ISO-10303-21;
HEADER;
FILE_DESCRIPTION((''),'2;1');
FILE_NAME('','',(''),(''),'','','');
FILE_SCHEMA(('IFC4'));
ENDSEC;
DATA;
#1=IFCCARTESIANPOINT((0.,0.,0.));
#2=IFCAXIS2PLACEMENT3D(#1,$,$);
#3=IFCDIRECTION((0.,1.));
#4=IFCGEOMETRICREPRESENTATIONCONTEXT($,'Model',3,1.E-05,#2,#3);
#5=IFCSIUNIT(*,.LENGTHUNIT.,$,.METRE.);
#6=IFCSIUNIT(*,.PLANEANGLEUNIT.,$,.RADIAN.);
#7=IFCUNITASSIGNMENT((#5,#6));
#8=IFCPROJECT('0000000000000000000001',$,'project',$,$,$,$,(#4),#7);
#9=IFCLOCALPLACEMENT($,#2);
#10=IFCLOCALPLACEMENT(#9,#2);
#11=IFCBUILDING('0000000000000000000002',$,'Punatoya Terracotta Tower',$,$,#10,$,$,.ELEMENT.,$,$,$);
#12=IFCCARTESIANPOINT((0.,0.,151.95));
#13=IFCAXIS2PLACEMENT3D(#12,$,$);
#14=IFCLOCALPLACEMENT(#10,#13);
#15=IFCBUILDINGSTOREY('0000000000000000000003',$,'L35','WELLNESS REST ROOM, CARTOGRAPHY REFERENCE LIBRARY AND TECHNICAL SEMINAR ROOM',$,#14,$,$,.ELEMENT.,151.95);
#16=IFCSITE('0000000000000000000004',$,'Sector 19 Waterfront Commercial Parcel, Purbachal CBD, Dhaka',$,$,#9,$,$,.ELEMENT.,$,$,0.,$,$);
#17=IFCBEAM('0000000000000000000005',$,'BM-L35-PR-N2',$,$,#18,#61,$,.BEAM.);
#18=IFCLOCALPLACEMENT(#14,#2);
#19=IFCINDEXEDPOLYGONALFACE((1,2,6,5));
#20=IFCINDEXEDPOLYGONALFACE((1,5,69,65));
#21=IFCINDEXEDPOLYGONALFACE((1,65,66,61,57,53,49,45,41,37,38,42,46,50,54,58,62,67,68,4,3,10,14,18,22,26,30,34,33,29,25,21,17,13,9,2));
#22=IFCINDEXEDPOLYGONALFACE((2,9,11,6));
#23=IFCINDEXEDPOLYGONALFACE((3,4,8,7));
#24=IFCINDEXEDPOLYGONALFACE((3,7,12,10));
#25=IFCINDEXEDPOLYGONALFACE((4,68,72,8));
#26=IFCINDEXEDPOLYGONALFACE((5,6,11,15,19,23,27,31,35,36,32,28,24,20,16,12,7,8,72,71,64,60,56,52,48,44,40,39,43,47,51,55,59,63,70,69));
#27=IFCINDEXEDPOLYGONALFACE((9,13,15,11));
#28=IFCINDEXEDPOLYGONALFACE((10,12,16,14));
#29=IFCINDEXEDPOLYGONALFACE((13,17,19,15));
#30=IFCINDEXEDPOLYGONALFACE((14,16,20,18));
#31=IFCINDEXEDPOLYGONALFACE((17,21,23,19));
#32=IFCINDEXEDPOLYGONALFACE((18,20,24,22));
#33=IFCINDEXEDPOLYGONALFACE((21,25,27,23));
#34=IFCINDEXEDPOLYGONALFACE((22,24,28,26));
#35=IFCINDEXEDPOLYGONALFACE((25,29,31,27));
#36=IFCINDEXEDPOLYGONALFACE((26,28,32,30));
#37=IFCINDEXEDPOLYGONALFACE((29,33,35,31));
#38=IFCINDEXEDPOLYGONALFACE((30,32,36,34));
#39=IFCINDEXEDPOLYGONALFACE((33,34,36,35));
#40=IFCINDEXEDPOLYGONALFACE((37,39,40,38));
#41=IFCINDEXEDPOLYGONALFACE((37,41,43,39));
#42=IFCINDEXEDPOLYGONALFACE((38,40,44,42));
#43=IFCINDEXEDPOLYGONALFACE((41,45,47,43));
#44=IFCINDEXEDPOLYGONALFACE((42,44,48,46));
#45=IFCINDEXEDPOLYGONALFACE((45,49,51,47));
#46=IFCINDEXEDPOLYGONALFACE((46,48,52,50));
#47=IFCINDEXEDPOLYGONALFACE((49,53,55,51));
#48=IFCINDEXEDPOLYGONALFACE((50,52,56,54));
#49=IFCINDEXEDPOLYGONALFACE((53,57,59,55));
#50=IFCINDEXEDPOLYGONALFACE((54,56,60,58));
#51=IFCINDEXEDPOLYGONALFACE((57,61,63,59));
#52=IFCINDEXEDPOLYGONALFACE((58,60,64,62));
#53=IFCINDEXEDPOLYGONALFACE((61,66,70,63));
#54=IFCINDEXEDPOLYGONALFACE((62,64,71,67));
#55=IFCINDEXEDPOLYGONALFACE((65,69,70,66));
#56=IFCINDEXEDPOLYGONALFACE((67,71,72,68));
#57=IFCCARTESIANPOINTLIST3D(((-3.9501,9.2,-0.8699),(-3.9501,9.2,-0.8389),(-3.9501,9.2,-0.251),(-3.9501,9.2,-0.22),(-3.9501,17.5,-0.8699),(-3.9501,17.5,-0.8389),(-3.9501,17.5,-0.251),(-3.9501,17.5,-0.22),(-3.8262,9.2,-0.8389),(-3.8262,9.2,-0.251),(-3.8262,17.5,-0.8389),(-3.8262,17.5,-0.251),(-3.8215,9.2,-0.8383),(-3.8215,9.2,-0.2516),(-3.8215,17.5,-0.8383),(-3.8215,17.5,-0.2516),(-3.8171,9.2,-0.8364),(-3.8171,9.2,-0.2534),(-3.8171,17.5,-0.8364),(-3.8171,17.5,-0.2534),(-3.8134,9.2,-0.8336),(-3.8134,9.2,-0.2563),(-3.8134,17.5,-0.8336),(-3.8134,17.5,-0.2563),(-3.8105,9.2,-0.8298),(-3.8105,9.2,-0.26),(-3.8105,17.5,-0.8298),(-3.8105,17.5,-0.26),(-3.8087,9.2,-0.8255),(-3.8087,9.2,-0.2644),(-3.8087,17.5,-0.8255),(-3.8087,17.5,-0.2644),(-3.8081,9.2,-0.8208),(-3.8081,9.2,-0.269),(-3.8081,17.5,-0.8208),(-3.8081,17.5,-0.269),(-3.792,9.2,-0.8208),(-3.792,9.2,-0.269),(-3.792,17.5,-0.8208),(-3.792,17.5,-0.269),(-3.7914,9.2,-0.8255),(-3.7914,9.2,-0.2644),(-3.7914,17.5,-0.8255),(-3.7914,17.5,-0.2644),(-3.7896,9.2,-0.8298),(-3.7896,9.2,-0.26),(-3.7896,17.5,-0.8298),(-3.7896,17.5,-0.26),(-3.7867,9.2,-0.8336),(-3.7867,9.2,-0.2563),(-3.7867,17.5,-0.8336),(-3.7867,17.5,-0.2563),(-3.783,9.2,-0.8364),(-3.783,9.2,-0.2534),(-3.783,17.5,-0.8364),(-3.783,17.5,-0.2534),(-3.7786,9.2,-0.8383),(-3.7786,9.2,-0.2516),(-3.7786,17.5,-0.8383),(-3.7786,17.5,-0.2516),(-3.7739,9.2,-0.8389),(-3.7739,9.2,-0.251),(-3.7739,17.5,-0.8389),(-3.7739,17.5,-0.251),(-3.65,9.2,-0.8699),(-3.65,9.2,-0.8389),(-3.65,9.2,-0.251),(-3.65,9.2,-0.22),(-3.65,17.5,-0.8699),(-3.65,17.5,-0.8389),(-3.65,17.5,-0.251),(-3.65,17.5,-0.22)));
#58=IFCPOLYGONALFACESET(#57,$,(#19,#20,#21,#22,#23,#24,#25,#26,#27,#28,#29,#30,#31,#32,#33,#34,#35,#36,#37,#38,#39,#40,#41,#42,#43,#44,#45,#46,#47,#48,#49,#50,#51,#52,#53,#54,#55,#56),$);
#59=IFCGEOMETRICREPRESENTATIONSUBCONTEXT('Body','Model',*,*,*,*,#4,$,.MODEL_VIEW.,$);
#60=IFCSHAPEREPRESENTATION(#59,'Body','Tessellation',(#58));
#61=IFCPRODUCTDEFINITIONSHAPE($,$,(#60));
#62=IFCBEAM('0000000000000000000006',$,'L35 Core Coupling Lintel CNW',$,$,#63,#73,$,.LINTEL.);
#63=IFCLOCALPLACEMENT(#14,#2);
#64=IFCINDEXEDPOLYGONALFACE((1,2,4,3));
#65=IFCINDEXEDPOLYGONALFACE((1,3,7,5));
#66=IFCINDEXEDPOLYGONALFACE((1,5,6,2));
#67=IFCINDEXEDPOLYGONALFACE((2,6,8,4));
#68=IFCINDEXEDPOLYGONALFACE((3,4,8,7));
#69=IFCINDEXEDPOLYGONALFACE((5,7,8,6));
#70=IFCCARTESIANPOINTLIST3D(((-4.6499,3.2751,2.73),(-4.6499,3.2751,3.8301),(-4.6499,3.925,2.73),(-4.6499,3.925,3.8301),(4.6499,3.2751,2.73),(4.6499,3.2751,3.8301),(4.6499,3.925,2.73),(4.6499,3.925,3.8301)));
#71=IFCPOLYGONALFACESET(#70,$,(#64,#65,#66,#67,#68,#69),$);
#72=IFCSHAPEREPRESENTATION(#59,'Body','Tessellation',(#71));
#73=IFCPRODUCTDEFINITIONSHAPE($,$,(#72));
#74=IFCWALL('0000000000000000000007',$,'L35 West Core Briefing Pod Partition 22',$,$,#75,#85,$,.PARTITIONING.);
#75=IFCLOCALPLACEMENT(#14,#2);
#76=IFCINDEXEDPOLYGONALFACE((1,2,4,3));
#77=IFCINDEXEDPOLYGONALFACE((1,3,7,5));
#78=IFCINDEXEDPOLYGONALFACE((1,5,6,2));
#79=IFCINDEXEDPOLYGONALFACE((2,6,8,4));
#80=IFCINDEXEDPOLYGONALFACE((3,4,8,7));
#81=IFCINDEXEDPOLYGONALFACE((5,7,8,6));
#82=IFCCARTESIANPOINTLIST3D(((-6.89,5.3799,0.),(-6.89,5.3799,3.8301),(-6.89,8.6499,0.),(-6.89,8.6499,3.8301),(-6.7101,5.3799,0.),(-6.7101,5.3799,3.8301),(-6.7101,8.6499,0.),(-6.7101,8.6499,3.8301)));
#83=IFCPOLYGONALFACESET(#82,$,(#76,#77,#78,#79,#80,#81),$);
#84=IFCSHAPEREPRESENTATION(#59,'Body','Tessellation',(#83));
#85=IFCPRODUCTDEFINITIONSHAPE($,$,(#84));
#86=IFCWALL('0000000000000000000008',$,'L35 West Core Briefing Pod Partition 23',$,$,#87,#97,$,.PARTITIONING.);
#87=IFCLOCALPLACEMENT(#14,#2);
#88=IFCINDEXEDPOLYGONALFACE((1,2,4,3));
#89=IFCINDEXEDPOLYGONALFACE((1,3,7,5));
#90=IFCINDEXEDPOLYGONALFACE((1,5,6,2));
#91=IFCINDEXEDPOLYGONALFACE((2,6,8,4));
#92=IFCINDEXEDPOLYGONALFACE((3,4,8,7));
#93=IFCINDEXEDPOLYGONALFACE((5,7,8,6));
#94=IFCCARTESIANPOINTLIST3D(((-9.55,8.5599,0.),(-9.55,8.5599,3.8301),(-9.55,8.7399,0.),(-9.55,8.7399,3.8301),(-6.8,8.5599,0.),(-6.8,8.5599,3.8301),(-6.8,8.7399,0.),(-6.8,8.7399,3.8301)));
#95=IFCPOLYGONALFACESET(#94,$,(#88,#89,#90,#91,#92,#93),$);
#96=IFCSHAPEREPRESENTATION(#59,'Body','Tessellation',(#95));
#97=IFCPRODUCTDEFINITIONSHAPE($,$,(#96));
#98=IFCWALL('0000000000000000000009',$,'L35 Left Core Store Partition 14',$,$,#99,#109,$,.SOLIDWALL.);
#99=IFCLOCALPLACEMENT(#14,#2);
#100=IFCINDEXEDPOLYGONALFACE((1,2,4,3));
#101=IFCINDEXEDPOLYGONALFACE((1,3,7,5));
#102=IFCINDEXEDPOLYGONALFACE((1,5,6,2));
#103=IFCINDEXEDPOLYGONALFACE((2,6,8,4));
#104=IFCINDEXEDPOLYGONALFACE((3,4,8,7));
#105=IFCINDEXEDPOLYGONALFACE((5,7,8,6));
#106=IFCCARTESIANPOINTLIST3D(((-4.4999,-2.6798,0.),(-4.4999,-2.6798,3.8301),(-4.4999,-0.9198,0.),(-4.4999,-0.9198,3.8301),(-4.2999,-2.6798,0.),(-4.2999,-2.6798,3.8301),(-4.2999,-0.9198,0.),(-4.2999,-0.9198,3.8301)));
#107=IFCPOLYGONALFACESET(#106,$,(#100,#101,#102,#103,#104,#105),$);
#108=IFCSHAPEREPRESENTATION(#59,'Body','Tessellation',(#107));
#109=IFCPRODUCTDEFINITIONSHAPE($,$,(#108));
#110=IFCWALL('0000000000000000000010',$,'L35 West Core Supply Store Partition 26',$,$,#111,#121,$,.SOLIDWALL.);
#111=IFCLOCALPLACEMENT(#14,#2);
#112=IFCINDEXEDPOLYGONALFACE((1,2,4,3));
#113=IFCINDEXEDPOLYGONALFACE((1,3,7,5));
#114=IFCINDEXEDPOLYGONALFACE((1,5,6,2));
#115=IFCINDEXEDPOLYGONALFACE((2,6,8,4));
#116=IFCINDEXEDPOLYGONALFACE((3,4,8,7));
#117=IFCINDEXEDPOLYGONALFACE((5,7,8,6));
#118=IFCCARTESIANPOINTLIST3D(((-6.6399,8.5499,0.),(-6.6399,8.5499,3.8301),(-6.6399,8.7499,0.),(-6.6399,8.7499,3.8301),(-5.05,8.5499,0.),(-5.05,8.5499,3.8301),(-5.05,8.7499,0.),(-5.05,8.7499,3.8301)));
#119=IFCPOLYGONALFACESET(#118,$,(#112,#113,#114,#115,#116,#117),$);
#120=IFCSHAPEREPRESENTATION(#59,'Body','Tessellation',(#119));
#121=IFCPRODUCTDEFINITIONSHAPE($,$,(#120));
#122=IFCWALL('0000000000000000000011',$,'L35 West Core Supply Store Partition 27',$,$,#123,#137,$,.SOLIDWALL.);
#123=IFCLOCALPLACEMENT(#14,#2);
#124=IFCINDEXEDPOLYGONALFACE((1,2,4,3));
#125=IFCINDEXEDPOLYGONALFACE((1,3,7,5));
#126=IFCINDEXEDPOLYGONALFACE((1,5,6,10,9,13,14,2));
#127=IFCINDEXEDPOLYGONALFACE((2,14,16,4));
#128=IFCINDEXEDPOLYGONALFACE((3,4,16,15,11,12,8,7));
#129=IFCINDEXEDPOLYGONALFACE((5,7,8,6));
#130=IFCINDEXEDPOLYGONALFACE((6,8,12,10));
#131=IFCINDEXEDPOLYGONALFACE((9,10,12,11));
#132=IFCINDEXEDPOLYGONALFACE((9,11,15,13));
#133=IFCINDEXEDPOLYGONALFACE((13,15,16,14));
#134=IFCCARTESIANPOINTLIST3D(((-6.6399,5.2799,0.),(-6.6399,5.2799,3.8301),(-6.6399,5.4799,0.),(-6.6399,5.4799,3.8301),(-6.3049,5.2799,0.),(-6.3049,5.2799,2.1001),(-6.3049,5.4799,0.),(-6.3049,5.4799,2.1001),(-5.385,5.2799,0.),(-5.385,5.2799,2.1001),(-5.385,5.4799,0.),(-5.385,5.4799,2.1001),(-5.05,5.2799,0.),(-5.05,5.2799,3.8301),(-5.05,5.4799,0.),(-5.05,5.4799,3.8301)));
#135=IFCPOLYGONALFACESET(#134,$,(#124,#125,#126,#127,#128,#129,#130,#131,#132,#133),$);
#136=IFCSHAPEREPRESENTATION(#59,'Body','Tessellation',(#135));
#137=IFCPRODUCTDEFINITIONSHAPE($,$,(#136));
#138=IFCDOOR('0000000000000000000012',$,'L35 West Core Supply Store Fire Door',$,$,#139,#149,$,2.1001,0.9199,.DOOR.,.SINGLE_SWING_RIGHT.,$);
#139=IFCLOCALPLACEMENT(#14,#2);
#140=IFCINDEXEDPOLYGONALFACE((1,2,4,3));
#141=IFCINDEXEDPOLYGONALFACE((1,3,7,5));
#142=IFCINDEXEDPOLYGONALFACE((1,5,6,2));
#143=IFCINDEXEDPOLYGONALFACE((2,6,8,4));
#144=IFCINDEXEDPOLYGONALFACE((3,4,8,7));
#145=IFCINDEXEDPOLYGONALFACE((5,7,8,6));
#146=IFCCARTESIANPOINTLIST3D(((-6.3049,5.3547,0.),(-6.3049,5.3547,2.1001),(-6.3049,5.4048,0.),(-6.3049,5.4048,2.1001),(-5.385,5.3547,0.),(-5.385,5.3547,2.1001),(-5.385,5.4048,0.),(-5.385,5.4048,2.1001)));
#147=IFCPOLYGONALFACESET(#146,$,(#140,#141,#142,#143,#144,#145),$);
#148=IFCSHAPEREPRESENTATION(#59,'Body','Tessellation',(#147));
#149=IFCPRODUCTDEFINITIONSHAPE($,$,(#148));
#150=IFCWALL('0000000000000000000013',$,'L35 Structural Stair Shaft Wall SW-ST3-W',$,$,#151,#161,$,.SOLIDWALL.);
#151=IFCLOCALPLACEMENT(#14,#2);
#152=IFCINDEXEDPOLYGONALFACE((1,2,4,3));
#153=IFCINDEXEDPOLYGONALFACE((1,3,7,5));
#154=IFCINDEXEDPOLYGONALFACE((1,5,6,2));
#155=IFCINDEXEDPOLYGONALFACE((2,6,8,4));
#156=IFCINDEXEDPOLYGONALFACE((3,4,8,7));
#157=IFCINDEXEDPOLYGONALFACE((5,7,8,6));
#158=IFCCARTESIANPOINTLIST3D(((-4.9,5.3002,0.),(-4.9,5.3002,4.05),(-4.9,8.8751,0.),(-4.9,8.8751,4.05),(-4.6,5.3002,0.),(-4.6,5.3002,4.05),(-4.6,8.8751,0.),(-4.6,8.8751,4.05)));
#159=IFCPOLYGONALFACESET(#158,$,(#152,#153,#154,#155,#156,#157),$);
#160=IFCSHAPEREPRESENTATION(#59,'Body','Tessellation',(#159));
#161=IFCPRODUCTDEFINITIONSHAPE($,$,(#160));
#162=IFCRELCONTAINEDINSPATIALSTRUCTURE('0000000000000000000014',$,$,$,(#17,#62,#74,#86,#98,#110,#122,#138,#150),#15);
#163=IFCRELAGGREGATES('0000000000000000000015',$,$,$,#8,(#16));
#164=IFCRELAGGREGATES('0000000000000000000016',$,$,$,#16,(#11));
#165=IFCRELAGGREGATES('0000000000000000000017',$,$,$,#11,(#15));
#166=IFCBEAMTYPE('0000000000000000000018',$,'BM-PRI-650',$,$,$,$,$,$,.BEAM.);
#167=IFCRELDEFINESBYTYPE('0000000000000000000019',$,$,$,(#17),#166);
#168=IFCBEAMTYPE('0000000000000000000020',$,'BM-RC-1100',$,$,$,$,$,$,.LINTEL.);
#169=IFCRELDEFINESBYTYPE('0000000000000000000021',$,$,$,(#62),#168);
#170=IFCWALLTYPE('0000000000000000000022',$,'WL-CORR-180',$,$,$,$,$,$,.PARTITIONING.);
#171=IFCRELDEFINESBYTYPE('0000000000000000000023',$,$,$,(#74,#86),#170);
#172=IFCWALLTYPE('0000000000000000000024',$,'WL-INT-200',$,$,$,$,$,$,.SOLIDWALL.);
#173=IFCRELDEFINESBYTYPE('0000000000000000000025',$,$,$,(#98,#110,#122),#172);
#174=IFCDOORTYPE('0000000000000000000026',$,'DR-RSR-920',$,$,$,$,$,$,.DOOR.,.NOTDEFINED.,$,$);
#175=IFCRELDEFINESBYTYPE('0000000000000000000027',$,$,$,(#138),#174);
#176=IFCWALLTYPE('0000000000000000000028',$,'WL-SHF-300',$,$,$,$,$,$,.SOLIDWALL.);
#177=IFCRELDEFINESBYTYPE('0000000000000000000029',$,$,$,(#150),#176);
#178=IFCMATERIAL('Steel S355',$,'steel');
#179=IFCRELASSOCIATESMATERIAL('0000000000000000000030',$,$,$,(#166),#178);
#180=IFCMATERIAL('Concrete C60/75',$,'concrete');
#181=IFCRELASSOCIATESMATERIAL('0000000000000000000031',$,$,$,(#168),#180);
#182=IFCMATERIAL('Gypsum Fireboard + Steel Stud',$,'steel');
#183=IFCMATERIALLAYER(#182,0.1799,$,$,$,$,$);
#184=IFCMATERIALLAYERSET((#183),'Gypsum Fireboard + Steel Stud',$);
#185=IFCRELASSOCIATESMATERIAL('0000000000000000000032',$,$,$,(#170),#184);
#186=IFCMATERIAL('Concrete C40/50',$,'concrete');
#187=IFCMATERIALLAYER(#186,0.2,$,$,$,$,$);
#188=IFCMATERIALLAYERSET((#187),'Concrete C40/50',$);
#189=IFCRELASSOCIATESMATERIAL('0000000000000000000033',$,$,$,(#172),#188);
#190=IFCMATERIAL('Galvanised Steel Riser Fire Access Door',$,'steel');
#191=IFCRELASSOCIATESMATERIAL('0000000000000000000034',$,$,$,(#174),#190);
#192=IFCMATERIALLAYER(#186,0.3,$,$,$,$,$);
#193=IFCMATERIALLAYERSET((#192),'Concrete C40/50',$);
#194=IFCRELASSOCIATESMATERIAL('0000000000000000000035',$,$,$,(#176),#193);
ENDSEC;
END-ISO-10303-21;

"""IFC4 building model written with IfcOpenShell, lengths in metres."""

from ifc_helpers import new_model, si_unit, direction, frame, frame_2d, origin, origin_2d, place, context, subcontext, project, spatial, rectangle, i_section, extrude, material, layer, layer_set, material_profile, profile_set, type_object, element, fill, save


model = new_model("IFC4")

# Units and contexts
model_context = context("Model", 3, precision=1e-05, world=origin(), true_north=direction((0.0, 1.0)))
body_context = subcontext(model_context, "Body", "Model", "MODEL_VIEW")
ifc_project = project(units=[si_unit("LENGTHUNIT", "METRE"), si_unit("PLANEANGLEUNIT", "RADIAN")], contexts=[model_context])

# Site, building, storey
site_placement = place(None, origin())
site = spatial("IfcSite", under=ifc_project, at=site_placement, Name="Sector 19 Waterfront Commercial Parcel, Purbachal CBD, Dhaka", CompositionType="ELEMENT", RefElevation=0.0)
building_placement = place(site_placement, origin())
building = spatial("IfcBuilding", under=site, at=building_placement, Name="Punatoya Terracotta Tower", CompositionType="ELEMENT")
storey_placement = place(building_placement, frame((0.0, 0.0, 151.95)))
storey = spatial("IfcBuildingStorey", under=building, at=storey_placement, Name="L35", Description="WELLNESS REST ROOM, CARTOGRAPHY REFERENCE LIBRARY AND TECHNICAL SEMINAR ROOM", CompositionType="ELEMENT", Elevation=151.95)

# Beams
ifc_material_1 = material(Name="Steel S355", Category="steel")
ifc_material_profile_1 = material_profile(ifc_material_1, i_section(OverallWidth=0.3, OverallDepth=0.6499, WebThickness=0.0161, FlangeThickness=0.031, FilletRadius=0.0181, at=origin_2d()))
ifc_profile_set_1 = profile_set([ifc_material_profile_1], Name="Steel S355")
beam_type_1 = type_object("IfcBeamType", Name="BM-PRI-650", PredefinedType="BEAM", material=ifc_profile_set_1)
beam_1_placement = place(storey_placement, frame((-3.8, 9.2, -0.5449), z_axis=(0.0, 1.0, 0.0), x_axis=(-1.0, 0.0, 0.0)))
element("IfcBeam", 1, at=beam_1_placement, inside=storey, type_object=beam_type_1, Name="BM-L35-PR-N2", PredefinedType="BEAM", context=body_context, shape_type="SweptSolid", body=[
    extrude(i_section(OverallWidth=0.3, OverallDepth=0.6499, WebThickness=0.0161, FlangeThickness=0.031, FilletRadius=0.0181, at=origin_2d()), origin(), (0.0, 0.0, 1.0), 8.3),
])
ifc_material_2 = material(Name="Concrete C60/75", Category="concrete")
ifc_material_profile_2 = material_profile(ifc_material_2, rectangle(XDim=0.6499, YDim=1.1001, at=origin_2d()))
ifc_profile_set_2 = profile_set([ifc_material_profile_2], Name="Concrete C60/75")
beam_type_2 = type_object("IfcBeamType", Name="BM-RC-1100", PredefinedType="LINTEL", material=ifc_profile_set_2)
beam_2_placement = place(storey_placement, frame((-4.6499, 3.6001, 3.28), z_axis=(1.0, 0.0, 0.0), x_axis=(0.0, 1.0, 0.0)))
element("IfcBeam", 2, at=beam_2_placement, inside=storey, type_object=beam_type_2, Name="L35 Core Coupling Lintel CNW", PredefinedType="LINTEL", context=body_context, shape_type="SweptSolid", body=[
    extrude(rectangle(XDim=0.6499, YDim=1.1001, at=origin_2d()), origin(), (0.0, 0.0, 1.0), 9.2998),
])

# Walls
ifc_material_3 = material(Name="Gypsum Fireboard + Steel Stud", Category="steel")
ifc_layer_1 = layer(ifc_material_3, 0.1799)
ifc_layer_set_1 = layer_set([ifc_layer_1], Name="Gypsum Fireboard + Steel Stud")
wall_type_1 = type_object("IfcWallType", Name="WL-CORR-180", PredefinedType="PARTITIONING", material=ifc_layer_set_1)
wall_1_placement = place(storey_placement, frame((-6.8, 5.3799, 0.0), z_axis=(0.0, 0.0, 1.0), x_axis=(0.0, 1.0, 0.0)))
element("IfcWall", 3, at=wall_1_placement, inside=storey, type_object=wall_type_1, Name="L35 West Core Briefing Pod Partition 22", PredefinedType="PARTITIONING", context=body_context, shape_type="SweptSolid", body=[
    extrude(rectangle(XDim=3.27, YDim=0.1799, at=frame_2d((1.635, 0.0))), origin(), (0.0, 0.0, 1.0), 3.8301),
])
wall_2_placement = place(storey_placement, frame((-6.8, 8.6499, 0.0), z_axis=(0.0, 0.0, 1.0), x_axis=(-1.0, 0.0, 0.0)))
element("IfcWall", 4, at=wall_2_placement, inside=storey, type_object=wall_type_1, Name="L35 West Core Briefing Pod Partition 23", PredefinedType="PARTITIONING", context=body_context, shape_type="SweptSolid", body=[
    extrude(rectangle(XDim=2.75, YDim=0.1799, at=frame_2d((1.375, 0.0))), origin(), (0.0, 0.0, 1.0), 3.8301),
])
ifc_material_4 = material(Name="Concrete C40/50", Category="concrete")
ifc_layer_2 = layer(ifc_material_4, 0.2)
ifc_layer_set_2 = layer_set([ifc_layer_2], Name="Concrete C40/50")
wall_type_2 = type_object("IfcWallType", Name="WL-INT-200", PredefinedType="SOLIDWALL", material=ifc_layer_set_2)
wall_3_placement = place(storey_placement, frame((-4.3999, -0.9199, 0.0), z_axis=(0.0, 0.0, 1.0), x_axis=(0.0, -1.0, 0.0)))
element("IfcWall", 5, at=wall_3_placement, inside=storey, type_object=wall_type_2, Name="L35 Left Core Store Partition 14", PredefinedType="SOLIDWALL", context=body_context, shape_type="SweptSolid", body=[
    extrude(rectangle(XDim=1.76, YDim=0.2, at=frame_2d((0.8799, 0.0))), origin(), (0.0, 0.0, 1.0), 3.8301),
])
wall_4_placement = place(storey_placement, frame((-5.05, 8.6499, 0.0), z_axis=(0.0, 0.0, 1.0), x_axis=(-1.0, 0.0, 0.0)))
element("IfcWall", 6, at=wall_4_placement, inside=storey, type_object=wall_type_2, Name="L35 West Core Supply Store Partition 26", PredefinedType="SOLIDWALL", context=body_context, shape_type="SweptSolid", body=[
    extrude(rectangle(XDim=1.5898, YDim=0.2, at=frame_2d((0.7949, 0.0))), origin(), (0.0, 0.0, 1.0), 3.8301),
])

# Wall, opening, door
wall_5_placement = place(storey_placement, frame((-6.6399, 5.3799, 0.0), z_axis=(0.0, 0.0, 1.0), x_axis=(1.0, 0.0, 0.0)))
wall_5 = element("IfcWall", 7, at=wall_5_placement, inside=storey, type_object=wall_type_2, Name="L35 West Core Supply Store Partition 27", PredefinedType="SOLIDWALL", context=body_context, shape_type="SweptSolid", body=[
    extrude(rectangle(XDim=1.5898, YDim=0.2, at=frame_2d((0.7949, 0.0))), origin(), (0.0, 0.0, 1.0), 3.8301),
])
opening_1_placement = place(wall_5_placement, frame((0.335, 0.0, 0.0)))
opening_1 = element("IfcOpeningElement", 8, at=opening_1_placement, cuts=wall_5, PredefinedType="OPENING", context=body_context, shape_type="SweptSolid", body=[
    extrude(rectangle(XDim=0.9199, YDim=2.1001, at=frame_2d((0.46, 1.05))), frame((0.0, 0.1099, 0.0), z_axis=(0.0, -1.0, 0.0), x_axis=(1.0, 0.0, 0.0)), (0.0, 0.0, 1.0), 0.22),
])
ifc_material_5 = material(Name="Galvanised Steel Riser Fire Access Door", Category="steel")
door_type_1 = type_object("IfcDoorType", Name="DR-RSR-920", OperationType="NOTDEFINED", PredefinedType="DOOR", material=ifc_material_5)
door_1_placement = place(opening_1_placement, origin())
door_1 = element("IfcDoor", 9, at=door_1_placement, inside=storey, type_object=door_type_1, Name="L35 West Core Supply Store Fire Door", OperationType="SINGLE_SWING_RIGHT", OverallHeight=2.1001, OverallWidth=0.9199, PredefinedType="DOOR", context=body_context, shape_type="SweptSolid", body=[
    extrude(rectangle(XDim=0.9199, YDim=2.1001, at=frame_2d((0.46, 1.05))), frame((0.0, 0.0249, 0.0), z_axis=(0.0, -1.0, 0.0), x_axis=(1.0, 0.0, 0.0)), (0.0, 0.0, 1.0), 0.05),
])
fill(opening_1, door_1)

# Wall
ifc_layer_3 = layer(ifc_material_4, 0.3)
ifc_layer_set_3 = layer_set([ifc_layer_3], Name="Concrete C40/50")
wall_type_3 = type_object("IfcWallType", Name="WL-SHF-300", PredefinedType="SOLIDWALL", material=ifc_layer_set_3)
wall_6_placement = place(storey_placement, frame((-4.75, 5.3, 0.0), z_axis=(0.0, 0.0, 1.0), x_axis=(0.0, 1.0, 0.0)))
element("IfcWall", 10, at=wall_6_placement, inside=storey, type_object=wall_type_3, Name="L35 Structural Stair Shaft Wall SW-ST3-W", PredefinedType="SOLIDWALL", context=body_context, shape_type="SweptSolid", body=[
    extrude(rectangle(XDim=3.575, YDim=0.3, at=frame_2d((1.7876, 0.0))), origin(), (0.0, 0.0, 1.0), 4.05),
])

save(model, "model.ifc")
